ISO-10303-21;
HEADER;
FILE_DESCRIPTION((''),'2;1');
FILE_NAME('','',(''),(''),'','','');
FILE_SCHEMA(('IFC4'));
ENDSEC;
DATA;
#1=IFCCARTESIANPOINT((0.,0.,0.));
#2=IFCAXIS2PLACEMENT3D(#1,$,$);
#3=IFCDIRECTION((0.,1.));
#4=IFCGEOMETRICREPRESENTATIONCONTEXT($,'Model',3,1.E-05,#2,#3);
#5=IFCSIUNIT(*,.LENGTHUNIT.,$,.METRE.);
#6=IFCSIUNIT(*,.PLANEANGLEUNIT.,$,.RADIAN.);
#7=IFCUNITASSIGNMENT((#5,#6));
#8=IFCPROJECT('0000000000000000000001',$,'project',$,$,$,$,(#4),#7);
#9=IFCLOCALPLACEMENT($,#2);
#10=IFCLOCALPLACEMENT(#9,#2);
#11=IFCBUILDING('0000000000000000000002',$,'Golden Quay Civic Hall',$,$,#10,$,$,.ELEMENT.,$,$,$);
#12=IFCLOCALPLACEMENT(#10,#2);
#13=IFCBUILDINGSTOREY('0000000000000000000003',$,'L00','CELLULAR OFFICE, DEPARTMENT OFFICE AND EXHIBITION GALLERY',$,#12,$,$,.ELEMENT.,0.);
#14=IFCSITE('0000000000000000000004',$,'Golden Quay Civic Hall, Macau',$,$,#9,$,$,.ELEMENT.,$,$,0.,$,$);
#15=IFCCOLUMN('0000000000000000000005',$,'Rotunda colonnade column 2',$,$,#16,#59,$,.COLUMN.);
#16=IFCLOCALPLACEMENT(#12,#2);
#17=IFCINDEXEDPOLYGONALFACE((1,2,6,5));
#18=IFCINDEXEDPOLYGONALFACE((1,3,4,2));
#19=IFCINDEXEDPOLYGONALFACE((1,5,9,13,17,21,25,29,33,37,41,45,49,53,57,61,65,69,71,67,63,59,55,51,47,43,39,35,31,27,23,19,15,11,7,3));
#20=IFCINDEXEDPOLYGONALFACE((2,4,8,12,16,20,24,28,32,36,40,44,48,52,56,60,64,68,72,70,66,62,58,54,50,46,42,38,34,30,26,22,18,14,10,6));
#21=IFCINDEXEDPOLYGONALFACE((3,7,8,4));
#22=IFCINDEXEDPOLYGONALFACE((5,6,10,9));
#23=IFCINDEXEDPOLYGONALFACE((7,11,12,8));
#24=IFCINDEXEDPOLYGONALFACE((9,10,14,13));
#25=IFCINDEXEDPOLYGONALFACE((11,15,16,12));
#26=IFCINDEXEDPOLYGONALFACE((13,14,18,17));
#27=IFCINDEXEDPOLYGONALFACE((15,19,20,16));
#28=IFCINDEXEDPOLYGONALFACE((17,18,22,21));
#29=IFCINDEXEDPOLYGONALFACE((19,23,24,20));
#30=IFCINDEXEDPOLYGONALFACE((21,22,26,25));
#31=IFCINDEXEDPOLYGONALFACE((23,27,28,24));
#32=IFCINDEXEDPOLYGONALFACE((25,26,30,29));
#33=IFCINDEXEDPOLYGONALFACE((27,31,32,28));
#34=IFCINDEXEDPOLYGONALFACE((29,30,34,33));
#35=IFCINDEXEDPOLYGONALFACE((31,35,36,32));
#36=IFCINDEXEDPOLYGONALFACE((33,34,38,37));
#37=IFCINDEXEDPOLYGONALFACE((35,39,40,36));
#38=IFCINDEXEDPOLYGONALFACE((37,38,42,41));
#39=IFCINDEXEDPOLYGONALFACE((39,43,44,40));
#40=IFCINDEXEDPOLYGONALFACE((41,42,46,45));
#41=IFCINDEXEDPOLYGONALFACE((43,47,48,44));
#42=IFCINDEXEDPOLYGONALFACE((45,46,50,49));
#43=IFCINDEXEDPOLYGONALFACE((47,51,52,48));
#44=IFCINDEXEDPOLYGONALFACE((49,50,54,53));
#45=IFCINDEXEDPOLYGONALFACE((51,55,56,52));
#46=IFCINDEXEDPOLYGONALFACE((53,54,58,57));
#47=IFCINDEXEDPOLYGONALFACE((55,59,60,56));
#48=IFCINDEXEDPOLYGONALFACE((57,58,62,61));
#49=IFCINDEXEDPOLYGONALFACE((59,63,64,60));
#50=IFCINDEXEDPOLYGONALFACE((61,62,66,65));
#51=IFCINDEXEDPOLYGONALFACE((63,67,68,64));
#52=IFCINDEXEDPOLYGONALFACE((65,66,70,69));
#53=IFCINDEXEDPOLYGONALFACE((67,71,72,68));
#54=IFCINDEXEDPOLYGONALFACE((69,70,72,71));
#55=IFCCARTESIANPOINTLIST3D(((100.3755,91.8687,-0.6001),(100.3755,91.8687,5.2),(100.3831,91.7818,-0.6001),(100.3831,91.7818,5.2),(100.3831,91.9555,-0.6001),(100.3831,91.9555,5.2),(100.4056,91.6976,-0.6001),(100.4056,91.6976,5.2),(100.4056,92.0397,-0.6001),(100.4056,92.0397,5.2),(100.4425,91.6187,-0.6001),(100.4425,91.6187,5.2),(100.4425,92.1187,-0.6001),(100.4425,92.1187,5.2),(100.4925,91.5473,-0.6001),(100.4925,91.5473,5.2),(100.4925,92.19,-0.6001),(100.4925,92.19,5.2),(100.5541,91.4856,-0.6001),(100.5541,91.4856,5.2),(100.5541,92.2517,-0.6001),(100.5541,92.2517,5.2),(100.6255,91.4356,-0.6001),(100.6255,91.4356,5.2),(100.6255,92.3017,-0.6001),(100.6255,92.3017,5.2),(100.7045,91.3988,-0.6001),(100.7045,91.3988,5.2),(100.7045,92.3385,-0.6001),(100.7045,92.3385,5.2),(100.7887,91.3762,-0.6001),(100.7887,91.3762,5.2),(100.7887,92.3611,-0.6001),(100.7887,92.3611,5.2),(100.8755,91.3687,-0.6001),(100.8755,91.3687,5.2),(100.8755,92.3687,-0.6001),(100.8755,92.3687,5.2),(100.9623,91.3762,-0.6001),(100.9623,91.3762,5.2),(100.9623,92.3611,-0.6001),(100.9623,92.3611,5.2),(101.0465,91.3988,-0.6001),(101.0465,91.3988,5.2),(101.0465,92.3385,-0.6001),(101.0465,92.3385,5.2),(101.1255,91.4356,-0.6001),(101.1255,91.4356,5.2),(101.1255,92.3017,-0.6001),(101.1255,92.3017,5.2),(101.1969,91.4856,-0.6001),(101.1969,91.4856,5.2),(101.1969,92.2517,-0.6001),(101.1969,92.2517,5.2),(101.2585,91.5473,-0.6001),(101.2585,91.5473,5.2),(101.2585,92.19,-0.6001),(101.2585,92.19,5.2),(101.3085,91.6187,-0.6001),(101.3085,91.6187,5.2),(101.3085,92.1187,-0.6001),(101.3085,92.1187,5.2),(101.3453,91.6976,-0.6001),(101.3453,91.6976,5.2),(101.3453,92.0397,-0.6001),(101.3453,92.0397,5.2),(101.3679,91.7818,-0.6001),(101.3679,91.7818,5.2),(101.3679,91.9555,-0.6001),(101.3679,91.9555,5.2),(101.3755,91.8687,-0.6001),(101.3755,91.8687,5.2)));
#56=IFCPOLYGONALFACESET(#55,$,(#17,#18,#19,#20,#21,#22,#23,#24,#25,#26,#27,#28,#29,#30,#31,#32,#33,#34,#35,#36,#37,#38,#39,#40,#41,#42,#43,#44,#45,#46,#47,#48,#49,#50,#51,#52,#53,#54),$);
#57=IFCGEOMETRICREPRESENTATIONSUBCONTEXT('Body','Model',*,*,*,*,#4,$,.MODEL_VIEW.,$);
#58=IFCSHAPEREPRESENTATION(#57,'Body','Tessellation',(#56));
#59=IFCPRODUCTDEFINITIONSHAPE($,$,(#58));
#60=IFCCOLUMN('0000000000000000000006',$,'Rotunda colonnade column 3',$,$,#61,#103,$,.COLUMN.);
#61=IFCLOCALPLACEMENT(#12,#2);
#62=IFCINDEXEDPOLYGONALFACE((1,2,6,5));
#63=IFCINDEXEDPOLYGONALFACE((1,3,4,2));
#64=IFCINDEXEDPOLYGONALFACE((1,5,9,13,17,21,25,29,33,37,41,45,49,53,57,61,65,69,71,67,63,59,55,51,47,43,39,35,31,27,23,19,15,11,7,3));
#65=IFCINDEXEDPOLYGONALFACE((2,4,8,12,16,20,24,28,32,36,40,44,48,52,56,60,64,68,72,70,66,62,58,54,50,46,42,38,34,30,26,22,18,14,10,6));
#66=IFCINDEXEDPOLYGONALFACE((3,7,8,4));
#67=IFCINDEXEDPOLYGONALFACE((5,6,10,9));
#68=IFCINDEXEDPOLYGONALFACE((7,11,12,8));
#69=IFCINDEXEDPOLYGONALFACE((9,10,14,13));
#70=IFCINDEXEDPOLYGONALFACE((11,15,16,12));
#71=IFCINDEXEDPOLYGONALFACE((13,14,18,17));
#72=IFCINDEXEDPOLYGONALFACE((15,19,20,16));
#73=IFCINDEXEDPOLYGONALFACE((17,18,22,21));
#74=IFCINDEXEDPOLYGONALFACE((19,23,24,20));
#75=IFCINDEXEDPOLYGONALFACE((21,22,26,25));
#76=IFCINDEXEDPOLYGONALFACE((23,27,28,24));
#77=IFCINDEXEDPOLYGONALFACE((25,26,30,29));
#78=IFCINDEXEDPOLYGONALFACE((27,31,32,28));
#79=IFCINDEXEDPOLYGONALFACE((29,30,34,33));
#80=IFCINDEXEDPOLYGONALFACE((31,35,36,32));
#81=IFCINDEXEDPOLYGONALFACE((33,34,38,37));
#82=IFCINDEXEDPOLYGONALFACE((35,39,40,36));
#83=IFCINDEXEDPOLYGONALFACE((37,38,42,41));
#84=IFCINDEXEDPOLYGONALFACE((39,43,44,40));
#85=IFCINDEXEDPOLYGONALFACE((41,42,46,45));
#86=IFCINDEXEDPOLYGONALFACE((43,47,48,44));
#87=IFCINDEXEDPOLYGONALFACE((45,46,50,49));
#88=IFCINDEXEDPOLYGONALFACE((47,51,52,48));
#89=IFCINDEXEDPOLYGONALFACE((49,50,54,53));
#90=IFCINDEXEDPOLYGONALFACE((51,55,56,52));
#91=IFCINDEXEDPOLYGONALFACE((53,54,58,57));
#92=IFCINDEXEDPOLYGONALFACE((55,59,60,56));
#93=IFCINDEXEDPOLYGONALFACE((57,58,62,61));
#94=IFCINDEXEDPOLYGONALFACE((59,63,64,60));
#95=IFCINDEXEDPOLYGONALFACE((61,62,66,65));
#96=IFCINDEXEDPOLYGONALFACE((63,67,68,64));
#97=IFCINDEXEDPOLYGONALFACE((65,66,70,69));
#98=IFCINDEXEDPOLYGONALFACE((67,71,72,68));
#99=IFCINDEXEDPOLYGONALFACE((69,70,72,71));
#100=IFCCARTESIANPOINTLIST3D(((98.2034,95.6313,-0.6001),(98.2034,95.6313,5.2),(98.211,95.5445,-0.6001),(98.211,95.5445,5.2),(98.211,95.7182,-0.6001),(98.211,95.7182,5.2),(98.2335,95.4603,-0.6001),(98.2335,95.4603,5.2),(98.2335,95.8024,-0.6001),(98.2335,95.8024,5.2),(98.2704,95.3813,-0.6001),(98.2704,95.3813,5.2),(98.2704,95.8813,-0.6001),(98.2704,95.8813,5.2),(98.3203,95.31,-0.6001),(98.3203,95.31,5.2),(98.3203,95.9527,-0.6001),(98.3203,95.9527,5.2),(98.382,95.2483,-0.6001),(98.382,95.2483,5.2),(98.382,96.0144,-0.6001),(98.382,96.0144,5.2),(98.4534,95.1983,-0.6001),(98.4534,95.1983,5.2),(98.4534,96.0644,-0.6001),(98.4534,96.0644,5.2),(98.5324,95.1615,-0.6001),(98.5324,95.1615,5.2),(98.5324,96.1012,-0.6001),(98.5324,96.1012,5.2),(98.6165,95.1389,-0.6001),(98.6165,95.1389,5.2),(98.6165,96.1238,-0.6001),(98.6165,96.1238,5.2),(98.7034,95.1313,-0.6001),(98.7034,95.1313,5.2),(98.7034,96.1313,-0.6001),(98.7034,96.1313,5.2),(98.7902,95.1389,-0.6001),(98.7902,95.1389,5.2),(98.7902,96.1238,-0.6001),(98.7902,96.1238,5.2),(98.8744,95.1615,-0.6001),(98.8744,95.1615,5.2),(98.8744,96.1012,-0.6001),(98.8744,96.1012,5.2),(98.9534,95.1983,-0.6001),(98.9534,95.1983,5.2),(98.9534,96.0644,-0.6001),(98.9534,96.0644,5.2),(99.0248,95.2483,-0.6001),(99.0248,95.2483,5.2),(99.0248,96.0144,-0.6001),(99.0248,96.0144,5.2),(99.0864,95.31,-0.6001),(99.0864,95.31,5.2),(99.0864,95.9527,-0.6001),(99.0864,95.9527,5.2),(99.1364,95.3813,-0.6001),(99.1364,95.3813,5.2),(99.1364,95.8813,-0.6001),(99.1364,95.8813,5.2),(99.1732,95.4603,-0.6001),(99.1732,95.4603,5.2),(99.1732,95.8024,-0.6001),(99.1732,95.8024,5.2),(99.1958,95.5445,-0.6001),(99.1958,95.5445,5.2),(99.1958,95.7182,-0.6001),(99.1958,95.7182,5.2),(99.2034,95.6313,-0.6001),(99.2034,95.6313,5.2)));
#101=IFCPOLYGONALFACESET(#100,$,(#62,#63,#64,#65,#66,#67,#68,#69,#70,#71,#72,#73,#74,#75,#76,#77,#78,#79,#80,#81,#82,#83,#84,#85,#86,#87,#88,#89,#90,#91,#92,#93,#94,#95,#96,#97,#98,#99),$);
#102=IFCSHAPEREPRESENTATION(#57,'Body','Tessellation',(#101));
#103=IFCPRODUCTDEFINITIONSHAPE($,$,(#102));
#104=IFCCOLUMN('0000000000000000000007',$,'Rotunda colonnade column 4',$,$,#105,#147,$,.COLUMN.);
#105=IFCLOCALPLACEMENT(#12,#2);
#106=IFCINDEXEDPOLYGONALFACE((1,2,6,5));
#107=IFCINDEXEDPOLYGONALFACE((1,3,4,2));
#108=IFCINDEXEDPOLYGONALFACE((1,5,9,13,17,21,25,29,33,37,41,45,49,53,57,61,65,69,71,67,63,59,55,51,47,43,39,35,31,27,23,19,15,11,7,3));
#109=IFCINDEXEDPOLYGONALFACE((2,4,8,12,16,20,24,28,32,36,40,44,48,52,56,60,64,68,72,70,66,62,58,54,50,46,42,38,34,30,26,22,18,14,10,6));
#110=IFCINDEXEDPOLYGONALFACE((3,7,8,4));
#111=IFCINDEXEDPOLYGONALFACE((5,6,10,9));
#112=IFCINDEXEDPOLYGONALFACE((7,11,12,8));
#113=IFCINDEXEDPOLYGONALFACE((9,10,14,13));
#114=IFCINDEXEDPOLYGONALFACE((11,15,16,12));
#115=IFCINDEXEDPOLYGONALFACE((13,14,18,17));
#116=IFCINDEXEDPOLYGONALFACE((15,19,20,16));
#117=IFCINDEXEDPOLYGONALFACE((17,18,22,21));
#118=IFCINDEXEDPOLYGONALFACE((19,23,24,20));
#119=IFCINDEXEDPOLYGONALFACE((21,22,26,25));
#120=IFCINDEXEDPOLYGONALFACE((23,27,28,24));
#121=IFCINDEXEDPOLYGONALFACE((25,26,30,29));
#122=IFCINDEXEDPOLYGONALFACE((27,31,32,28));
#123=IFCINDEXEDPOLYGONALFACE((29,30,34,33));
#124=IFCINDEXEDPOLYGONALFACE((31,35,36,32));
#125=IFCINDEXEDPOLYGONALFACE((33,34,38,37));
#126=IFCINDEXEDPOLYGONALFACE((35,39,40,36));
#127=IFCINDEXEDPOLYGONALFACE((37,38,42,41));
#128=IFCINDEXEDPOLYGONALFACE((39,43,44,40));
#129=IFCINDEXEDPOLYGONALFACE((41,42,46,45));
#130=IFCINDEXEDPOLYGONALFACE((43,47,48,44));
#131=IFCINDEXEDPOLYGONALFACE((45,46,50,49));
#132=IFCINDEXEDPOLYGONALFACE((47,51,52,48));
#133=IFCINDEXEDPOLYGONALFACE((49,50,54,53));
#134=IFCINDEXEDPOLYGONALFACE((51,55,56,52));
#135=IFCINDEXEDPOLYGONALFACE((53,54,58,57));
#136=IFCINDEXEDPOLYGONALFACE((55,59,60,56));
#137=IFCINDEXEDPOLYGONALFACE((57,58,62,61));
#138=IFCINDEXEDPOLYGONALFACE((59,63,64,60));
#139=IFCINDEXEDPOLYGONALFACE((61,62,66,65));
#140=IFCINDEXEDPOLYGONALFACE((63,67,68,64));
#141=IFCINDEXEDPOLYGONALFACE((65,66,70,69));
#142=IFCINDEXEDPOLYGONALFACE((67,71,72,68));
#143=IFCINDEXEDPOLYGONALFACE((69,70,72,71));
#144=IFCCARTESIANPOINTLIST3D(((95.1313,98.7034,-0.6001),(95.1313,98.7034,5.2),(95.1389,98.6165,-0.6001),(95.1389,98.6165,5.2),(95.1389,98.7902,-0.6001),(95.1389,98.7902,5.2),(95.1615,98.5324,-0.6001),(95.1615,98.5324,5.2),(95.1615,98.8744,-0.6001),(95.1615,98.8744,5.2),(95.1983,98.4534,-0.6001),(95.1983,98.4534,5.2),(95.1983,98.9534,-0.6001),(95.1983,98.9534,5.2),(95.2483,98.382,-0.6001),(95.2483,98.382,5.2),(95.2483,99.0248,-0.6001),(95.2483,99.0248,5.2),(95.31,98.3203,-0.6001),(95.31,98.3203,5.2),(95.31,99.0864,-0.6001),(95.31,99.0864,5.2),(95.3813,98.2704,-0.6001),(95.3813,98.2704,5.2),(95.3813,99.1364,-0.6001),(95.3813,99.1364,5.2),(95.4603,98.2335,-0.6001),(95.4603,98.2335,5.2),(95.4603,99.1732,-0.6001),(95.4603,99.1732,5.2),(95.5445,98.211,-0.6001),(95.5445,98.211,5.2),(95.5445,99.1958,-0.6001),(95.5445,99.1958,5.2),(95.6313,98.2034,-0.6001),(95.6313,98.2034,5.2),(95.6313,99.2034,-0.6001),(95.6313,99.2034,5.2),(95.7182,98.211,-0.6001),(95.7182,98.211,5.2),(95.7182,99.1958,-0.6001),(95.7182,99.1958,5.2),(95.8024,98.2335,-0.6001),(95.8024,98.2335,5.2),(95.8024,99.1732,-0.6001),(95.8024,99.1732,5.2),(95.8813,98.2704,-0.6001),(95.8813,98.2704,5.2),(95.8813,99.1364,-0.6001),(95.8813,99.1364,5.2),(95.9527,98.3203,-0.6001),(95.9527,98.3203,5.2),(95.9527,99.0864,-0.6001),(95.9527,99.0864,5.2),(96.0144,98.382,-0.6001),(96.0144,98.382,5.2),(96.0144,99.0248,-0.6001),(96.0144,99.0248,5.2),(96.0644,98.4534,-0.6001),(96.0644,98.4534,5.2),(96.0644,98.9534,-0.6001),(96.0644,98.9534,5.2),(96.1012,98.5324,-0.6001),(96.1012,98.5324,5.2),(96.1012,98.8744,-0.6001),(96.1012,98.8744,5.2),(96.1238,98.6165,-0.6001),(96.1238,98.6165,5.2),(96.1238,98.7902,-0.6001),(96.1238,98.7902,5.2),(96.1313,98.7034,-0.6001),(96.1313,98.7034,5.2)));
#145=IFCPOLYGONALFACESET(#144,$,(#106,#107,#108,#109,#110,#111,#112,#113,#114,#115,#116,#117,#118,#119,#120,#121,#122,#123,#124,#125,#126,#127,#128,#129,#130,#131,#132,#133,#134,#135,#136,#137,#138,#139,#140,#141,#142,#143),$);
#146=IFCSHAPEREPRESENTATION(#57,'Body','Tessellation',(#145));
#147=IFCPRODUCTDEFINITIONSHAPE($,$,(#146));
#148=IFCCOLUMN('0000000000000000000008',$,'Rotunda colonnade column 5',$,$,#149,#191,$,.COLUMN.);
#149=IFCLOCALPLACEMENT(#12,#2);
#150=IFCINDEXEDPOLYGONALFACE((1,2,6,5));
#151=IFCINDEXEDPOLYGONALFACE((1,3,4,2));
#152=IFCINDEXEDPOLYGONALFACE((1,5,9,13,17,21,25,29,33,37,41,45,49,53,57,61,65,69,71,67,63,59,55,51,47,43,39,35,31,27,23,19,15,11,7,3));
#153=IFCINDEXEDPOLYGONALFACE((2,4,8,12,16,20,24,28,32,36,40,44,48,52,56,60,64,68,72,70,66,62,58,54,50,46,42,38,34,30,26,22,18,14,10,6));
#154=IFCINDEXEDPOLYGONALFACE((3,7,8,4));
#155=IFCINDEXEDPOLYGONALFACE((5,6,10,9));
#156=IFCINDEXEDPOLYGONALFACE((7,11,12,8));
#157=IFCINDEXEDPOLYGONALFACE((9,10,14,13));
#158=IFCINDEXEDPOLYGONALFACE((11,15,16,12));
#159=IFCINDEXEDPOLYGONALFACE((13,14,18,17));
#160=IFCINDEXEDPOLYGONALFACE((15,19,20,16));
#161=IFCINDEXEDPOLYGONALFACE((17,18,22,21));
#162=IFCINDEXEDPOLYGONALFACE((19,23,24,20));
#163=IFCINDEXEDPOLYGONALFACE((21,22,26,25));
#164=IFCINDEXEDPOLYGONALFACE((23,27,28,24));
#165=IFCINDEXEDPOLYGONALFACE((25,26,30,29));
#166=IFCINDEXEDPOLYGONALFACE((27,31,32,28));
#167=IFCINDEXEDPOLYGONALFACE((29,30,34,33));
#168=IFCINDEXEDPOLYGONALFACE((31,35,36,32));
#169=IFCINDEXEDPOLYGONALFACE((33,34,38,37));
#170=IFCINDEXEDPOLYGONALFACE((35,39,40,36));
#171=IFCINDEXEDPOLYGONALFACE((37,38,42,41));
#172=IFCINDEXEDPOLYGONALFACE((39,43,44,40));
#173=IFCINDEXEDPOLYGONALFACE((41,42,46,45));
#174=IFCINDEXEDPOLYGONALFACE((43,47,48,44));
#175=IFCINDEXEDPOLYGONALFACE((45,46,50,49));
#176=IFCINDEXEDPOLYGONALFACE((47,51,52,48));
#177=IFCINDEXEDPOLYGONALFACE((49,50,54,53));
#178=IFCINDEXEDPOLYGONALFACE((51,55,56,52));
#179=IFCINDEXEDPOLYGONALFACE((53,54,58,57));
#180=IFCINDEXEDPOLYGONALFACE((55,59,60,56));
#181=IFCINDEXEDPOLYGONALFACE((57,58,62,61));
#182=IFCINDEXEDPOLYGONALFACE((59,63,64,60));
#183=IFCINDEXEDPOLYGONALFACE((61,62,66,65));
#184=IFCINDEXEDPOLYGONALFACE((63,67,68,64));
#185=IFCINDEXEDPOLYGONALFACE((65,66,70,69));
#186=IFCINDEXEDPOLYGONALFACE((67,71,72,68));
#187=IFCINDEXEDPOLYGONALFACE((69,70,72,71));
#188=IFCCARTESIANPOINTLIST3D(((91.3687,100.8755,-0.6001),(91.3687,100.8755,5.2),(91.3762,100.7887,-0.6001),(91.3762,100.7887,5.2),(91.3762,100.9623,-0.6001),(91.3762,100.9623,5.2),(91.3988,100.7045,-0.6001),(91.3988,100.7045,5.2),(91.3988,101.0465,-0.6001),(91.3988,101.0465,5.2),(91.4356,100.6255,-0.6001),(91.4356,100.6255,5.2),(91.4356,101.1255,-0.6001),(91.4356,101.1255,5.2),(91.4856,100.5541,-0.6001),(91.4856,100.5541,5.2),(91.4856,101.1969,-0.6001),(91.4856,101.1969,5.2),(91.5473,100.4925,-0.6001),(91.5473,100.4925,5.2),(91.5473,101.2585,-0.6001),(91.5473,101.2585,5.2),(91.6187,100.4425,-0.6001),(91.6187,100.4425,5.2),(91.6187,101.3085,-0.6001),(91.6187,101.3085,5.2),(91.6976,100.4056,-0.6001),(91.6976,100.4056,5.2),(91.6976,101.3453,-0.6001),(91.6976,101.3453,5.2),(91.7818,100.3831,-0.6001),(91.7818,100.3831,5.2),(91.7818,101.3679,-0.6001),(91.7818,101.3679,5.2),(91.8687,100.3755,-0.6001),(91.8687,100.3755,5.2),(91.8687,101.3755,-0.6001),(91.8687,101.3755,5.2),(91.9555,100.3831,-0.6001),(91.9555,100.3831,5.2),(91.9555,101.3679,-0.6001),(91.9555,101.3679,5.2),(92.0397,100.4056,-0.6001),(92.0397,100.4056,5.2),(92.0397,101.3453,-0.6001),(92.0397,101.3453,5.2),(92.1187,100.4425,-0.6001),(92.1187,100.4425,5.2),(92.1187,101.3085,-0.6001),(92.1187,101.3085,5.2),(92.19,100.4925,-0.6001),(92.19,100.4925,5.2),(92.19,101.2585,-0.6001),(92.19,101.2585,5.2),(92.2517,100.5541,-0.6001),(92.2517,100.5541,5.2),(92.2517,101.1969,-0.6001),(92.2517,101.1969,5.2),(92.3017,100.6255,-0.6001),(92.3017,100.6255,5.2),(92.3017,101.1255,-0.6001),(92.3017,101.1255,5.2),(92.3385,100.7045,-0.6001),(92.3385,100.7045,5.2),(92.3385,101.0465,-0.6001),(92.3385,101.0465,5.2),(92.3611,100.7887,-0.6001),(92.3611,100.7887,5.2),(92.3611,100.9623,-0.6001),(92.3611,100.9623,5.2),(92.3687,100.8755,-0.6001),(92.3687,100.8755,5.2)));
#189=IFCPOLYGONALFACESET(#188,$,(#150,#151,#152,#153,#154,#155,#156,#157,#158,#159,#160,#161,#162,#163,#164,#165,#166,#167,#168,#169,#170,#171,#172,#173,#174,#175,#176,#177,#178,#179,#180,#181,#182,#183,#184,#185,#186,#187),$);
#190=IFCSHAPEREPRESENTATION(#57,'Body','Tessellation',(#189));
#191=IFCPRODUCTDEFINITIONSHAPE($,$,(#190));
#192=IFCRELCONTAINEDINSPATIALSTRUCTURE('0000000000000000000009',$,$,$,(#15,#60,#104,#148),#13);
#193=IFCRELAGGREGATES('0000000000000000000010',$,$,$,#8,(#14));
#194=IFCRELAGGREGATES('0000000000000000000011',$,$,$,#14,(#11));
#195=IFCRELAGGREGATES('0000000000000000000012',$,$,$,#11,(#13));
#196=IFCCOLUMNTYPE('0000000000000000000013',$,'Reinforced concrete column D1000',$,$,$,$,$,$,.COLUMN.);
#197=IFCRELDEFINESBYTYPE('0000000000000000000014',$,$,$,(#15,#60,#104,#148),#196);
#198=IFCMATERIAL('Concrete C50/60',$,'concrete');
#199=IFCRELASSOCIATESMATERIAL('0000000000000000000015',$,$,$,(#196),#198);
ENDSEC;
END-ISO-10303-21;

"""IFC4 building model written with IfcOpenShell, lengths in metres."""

from ifc_helpers import new_model, si_unit, direction, frame, origin, origin_2d, place, context, subcontext, project, spatial, circle, extrude, material, material_profile, profile_set, type_object, element, save


model = new_model("IFC4")

# Units and contexts
model_context = context("Model", 3, precision=1e-05, world=origin(), true_north=direction((0.0, 1.0)))
body_context = subcontext(model_context, "Body", "Model", "MODEL_VIEW")
ifc_project = project(units=[si_unit("LENGTHUNIT", "METRE"), si_unit("PLANEANGLEUNIT", "RADIAN")], contexts=[model_context])

# Site, building, storey
site_placement = place(None, origin())
site = spatial("IfcSite", under=ifc_project, at=site_placement, Name="Golden Quay Civic Hall, Macau", CompositionType="ELEMENT", RefElevation=0.0)
building_placement = place(site_placement, origin())
building = spatial("IfcBuilding", under=site, at=building_placement, Name="Golden Quay Civic Hall", CompositionType="ELEMENT")
storey_placement = place(building_placement, origin())
storey = spatial("IfcBuildingStorey", under=building, at=storey_placement, Name="L00", Description="CELLULAR OFFICE, DEPARTMENT OFFICE AND EXHIBITION GALLERY", CompositionType="ELEMENT", Elevation=0.0)

# Columns
ifc_material_1 = material(Name="Concrete C50/60", Category="concrete")
ifc_material_profile_1 = material_profile(ifc_material_1, circle(Radius=0.5, at=origin_2d()), Name="RC D1000")
ifc_profile_set_1 = profile_set([ifc_material_profile_1], Name="Concrete C50/60")
column_type_1 = type_object("IfcColumnType", Name="Reinforced concrete column D1000", PredefinedType="COLUMN", material=ifc_profile_set_1)
for number, where, z_axis, x_axis, name in (
    (1, (100.8755, 91.8687, -0.6001), (0.0, 0.0, 1.0), (1.0, 0.0, 0.0), "Rotunda colonnade column 2"),
    (2, (98.7034, 95.6313, -0.6001), (0.0, 0.0, 1.0), (1.0, 0.0, 0.0), "Rotunda colonnade column 3"),
    (3, (95.6313, 98.7034, -0.6001), (0.0, 0.0, 1.0), (1.0, 0.0, 0.0), "Rotunda colonnade column 4"),
    (4, (91.8687, 100.8755, -0.6001), (0.0, 0.0, 1.0), (1.0, 0.0, 0.0), "Rotunda colonnade column 5"),
):
    element("IfcColumn", number, at=place(storey_placement, frame(where, z_axis=z_axis, x_axis=x_axis)), inside=storey, type_object=column_type_1, Name=name, PredefinedType="COLUMN", context=body_context, shape_type="SweptSolid", body=[
        extrude(circle(Radius=0.5, at=origin_2d()), origin(), (0.0, 0.0, 1.0), 5.8),
    ])

save(model, "model.ifc")
